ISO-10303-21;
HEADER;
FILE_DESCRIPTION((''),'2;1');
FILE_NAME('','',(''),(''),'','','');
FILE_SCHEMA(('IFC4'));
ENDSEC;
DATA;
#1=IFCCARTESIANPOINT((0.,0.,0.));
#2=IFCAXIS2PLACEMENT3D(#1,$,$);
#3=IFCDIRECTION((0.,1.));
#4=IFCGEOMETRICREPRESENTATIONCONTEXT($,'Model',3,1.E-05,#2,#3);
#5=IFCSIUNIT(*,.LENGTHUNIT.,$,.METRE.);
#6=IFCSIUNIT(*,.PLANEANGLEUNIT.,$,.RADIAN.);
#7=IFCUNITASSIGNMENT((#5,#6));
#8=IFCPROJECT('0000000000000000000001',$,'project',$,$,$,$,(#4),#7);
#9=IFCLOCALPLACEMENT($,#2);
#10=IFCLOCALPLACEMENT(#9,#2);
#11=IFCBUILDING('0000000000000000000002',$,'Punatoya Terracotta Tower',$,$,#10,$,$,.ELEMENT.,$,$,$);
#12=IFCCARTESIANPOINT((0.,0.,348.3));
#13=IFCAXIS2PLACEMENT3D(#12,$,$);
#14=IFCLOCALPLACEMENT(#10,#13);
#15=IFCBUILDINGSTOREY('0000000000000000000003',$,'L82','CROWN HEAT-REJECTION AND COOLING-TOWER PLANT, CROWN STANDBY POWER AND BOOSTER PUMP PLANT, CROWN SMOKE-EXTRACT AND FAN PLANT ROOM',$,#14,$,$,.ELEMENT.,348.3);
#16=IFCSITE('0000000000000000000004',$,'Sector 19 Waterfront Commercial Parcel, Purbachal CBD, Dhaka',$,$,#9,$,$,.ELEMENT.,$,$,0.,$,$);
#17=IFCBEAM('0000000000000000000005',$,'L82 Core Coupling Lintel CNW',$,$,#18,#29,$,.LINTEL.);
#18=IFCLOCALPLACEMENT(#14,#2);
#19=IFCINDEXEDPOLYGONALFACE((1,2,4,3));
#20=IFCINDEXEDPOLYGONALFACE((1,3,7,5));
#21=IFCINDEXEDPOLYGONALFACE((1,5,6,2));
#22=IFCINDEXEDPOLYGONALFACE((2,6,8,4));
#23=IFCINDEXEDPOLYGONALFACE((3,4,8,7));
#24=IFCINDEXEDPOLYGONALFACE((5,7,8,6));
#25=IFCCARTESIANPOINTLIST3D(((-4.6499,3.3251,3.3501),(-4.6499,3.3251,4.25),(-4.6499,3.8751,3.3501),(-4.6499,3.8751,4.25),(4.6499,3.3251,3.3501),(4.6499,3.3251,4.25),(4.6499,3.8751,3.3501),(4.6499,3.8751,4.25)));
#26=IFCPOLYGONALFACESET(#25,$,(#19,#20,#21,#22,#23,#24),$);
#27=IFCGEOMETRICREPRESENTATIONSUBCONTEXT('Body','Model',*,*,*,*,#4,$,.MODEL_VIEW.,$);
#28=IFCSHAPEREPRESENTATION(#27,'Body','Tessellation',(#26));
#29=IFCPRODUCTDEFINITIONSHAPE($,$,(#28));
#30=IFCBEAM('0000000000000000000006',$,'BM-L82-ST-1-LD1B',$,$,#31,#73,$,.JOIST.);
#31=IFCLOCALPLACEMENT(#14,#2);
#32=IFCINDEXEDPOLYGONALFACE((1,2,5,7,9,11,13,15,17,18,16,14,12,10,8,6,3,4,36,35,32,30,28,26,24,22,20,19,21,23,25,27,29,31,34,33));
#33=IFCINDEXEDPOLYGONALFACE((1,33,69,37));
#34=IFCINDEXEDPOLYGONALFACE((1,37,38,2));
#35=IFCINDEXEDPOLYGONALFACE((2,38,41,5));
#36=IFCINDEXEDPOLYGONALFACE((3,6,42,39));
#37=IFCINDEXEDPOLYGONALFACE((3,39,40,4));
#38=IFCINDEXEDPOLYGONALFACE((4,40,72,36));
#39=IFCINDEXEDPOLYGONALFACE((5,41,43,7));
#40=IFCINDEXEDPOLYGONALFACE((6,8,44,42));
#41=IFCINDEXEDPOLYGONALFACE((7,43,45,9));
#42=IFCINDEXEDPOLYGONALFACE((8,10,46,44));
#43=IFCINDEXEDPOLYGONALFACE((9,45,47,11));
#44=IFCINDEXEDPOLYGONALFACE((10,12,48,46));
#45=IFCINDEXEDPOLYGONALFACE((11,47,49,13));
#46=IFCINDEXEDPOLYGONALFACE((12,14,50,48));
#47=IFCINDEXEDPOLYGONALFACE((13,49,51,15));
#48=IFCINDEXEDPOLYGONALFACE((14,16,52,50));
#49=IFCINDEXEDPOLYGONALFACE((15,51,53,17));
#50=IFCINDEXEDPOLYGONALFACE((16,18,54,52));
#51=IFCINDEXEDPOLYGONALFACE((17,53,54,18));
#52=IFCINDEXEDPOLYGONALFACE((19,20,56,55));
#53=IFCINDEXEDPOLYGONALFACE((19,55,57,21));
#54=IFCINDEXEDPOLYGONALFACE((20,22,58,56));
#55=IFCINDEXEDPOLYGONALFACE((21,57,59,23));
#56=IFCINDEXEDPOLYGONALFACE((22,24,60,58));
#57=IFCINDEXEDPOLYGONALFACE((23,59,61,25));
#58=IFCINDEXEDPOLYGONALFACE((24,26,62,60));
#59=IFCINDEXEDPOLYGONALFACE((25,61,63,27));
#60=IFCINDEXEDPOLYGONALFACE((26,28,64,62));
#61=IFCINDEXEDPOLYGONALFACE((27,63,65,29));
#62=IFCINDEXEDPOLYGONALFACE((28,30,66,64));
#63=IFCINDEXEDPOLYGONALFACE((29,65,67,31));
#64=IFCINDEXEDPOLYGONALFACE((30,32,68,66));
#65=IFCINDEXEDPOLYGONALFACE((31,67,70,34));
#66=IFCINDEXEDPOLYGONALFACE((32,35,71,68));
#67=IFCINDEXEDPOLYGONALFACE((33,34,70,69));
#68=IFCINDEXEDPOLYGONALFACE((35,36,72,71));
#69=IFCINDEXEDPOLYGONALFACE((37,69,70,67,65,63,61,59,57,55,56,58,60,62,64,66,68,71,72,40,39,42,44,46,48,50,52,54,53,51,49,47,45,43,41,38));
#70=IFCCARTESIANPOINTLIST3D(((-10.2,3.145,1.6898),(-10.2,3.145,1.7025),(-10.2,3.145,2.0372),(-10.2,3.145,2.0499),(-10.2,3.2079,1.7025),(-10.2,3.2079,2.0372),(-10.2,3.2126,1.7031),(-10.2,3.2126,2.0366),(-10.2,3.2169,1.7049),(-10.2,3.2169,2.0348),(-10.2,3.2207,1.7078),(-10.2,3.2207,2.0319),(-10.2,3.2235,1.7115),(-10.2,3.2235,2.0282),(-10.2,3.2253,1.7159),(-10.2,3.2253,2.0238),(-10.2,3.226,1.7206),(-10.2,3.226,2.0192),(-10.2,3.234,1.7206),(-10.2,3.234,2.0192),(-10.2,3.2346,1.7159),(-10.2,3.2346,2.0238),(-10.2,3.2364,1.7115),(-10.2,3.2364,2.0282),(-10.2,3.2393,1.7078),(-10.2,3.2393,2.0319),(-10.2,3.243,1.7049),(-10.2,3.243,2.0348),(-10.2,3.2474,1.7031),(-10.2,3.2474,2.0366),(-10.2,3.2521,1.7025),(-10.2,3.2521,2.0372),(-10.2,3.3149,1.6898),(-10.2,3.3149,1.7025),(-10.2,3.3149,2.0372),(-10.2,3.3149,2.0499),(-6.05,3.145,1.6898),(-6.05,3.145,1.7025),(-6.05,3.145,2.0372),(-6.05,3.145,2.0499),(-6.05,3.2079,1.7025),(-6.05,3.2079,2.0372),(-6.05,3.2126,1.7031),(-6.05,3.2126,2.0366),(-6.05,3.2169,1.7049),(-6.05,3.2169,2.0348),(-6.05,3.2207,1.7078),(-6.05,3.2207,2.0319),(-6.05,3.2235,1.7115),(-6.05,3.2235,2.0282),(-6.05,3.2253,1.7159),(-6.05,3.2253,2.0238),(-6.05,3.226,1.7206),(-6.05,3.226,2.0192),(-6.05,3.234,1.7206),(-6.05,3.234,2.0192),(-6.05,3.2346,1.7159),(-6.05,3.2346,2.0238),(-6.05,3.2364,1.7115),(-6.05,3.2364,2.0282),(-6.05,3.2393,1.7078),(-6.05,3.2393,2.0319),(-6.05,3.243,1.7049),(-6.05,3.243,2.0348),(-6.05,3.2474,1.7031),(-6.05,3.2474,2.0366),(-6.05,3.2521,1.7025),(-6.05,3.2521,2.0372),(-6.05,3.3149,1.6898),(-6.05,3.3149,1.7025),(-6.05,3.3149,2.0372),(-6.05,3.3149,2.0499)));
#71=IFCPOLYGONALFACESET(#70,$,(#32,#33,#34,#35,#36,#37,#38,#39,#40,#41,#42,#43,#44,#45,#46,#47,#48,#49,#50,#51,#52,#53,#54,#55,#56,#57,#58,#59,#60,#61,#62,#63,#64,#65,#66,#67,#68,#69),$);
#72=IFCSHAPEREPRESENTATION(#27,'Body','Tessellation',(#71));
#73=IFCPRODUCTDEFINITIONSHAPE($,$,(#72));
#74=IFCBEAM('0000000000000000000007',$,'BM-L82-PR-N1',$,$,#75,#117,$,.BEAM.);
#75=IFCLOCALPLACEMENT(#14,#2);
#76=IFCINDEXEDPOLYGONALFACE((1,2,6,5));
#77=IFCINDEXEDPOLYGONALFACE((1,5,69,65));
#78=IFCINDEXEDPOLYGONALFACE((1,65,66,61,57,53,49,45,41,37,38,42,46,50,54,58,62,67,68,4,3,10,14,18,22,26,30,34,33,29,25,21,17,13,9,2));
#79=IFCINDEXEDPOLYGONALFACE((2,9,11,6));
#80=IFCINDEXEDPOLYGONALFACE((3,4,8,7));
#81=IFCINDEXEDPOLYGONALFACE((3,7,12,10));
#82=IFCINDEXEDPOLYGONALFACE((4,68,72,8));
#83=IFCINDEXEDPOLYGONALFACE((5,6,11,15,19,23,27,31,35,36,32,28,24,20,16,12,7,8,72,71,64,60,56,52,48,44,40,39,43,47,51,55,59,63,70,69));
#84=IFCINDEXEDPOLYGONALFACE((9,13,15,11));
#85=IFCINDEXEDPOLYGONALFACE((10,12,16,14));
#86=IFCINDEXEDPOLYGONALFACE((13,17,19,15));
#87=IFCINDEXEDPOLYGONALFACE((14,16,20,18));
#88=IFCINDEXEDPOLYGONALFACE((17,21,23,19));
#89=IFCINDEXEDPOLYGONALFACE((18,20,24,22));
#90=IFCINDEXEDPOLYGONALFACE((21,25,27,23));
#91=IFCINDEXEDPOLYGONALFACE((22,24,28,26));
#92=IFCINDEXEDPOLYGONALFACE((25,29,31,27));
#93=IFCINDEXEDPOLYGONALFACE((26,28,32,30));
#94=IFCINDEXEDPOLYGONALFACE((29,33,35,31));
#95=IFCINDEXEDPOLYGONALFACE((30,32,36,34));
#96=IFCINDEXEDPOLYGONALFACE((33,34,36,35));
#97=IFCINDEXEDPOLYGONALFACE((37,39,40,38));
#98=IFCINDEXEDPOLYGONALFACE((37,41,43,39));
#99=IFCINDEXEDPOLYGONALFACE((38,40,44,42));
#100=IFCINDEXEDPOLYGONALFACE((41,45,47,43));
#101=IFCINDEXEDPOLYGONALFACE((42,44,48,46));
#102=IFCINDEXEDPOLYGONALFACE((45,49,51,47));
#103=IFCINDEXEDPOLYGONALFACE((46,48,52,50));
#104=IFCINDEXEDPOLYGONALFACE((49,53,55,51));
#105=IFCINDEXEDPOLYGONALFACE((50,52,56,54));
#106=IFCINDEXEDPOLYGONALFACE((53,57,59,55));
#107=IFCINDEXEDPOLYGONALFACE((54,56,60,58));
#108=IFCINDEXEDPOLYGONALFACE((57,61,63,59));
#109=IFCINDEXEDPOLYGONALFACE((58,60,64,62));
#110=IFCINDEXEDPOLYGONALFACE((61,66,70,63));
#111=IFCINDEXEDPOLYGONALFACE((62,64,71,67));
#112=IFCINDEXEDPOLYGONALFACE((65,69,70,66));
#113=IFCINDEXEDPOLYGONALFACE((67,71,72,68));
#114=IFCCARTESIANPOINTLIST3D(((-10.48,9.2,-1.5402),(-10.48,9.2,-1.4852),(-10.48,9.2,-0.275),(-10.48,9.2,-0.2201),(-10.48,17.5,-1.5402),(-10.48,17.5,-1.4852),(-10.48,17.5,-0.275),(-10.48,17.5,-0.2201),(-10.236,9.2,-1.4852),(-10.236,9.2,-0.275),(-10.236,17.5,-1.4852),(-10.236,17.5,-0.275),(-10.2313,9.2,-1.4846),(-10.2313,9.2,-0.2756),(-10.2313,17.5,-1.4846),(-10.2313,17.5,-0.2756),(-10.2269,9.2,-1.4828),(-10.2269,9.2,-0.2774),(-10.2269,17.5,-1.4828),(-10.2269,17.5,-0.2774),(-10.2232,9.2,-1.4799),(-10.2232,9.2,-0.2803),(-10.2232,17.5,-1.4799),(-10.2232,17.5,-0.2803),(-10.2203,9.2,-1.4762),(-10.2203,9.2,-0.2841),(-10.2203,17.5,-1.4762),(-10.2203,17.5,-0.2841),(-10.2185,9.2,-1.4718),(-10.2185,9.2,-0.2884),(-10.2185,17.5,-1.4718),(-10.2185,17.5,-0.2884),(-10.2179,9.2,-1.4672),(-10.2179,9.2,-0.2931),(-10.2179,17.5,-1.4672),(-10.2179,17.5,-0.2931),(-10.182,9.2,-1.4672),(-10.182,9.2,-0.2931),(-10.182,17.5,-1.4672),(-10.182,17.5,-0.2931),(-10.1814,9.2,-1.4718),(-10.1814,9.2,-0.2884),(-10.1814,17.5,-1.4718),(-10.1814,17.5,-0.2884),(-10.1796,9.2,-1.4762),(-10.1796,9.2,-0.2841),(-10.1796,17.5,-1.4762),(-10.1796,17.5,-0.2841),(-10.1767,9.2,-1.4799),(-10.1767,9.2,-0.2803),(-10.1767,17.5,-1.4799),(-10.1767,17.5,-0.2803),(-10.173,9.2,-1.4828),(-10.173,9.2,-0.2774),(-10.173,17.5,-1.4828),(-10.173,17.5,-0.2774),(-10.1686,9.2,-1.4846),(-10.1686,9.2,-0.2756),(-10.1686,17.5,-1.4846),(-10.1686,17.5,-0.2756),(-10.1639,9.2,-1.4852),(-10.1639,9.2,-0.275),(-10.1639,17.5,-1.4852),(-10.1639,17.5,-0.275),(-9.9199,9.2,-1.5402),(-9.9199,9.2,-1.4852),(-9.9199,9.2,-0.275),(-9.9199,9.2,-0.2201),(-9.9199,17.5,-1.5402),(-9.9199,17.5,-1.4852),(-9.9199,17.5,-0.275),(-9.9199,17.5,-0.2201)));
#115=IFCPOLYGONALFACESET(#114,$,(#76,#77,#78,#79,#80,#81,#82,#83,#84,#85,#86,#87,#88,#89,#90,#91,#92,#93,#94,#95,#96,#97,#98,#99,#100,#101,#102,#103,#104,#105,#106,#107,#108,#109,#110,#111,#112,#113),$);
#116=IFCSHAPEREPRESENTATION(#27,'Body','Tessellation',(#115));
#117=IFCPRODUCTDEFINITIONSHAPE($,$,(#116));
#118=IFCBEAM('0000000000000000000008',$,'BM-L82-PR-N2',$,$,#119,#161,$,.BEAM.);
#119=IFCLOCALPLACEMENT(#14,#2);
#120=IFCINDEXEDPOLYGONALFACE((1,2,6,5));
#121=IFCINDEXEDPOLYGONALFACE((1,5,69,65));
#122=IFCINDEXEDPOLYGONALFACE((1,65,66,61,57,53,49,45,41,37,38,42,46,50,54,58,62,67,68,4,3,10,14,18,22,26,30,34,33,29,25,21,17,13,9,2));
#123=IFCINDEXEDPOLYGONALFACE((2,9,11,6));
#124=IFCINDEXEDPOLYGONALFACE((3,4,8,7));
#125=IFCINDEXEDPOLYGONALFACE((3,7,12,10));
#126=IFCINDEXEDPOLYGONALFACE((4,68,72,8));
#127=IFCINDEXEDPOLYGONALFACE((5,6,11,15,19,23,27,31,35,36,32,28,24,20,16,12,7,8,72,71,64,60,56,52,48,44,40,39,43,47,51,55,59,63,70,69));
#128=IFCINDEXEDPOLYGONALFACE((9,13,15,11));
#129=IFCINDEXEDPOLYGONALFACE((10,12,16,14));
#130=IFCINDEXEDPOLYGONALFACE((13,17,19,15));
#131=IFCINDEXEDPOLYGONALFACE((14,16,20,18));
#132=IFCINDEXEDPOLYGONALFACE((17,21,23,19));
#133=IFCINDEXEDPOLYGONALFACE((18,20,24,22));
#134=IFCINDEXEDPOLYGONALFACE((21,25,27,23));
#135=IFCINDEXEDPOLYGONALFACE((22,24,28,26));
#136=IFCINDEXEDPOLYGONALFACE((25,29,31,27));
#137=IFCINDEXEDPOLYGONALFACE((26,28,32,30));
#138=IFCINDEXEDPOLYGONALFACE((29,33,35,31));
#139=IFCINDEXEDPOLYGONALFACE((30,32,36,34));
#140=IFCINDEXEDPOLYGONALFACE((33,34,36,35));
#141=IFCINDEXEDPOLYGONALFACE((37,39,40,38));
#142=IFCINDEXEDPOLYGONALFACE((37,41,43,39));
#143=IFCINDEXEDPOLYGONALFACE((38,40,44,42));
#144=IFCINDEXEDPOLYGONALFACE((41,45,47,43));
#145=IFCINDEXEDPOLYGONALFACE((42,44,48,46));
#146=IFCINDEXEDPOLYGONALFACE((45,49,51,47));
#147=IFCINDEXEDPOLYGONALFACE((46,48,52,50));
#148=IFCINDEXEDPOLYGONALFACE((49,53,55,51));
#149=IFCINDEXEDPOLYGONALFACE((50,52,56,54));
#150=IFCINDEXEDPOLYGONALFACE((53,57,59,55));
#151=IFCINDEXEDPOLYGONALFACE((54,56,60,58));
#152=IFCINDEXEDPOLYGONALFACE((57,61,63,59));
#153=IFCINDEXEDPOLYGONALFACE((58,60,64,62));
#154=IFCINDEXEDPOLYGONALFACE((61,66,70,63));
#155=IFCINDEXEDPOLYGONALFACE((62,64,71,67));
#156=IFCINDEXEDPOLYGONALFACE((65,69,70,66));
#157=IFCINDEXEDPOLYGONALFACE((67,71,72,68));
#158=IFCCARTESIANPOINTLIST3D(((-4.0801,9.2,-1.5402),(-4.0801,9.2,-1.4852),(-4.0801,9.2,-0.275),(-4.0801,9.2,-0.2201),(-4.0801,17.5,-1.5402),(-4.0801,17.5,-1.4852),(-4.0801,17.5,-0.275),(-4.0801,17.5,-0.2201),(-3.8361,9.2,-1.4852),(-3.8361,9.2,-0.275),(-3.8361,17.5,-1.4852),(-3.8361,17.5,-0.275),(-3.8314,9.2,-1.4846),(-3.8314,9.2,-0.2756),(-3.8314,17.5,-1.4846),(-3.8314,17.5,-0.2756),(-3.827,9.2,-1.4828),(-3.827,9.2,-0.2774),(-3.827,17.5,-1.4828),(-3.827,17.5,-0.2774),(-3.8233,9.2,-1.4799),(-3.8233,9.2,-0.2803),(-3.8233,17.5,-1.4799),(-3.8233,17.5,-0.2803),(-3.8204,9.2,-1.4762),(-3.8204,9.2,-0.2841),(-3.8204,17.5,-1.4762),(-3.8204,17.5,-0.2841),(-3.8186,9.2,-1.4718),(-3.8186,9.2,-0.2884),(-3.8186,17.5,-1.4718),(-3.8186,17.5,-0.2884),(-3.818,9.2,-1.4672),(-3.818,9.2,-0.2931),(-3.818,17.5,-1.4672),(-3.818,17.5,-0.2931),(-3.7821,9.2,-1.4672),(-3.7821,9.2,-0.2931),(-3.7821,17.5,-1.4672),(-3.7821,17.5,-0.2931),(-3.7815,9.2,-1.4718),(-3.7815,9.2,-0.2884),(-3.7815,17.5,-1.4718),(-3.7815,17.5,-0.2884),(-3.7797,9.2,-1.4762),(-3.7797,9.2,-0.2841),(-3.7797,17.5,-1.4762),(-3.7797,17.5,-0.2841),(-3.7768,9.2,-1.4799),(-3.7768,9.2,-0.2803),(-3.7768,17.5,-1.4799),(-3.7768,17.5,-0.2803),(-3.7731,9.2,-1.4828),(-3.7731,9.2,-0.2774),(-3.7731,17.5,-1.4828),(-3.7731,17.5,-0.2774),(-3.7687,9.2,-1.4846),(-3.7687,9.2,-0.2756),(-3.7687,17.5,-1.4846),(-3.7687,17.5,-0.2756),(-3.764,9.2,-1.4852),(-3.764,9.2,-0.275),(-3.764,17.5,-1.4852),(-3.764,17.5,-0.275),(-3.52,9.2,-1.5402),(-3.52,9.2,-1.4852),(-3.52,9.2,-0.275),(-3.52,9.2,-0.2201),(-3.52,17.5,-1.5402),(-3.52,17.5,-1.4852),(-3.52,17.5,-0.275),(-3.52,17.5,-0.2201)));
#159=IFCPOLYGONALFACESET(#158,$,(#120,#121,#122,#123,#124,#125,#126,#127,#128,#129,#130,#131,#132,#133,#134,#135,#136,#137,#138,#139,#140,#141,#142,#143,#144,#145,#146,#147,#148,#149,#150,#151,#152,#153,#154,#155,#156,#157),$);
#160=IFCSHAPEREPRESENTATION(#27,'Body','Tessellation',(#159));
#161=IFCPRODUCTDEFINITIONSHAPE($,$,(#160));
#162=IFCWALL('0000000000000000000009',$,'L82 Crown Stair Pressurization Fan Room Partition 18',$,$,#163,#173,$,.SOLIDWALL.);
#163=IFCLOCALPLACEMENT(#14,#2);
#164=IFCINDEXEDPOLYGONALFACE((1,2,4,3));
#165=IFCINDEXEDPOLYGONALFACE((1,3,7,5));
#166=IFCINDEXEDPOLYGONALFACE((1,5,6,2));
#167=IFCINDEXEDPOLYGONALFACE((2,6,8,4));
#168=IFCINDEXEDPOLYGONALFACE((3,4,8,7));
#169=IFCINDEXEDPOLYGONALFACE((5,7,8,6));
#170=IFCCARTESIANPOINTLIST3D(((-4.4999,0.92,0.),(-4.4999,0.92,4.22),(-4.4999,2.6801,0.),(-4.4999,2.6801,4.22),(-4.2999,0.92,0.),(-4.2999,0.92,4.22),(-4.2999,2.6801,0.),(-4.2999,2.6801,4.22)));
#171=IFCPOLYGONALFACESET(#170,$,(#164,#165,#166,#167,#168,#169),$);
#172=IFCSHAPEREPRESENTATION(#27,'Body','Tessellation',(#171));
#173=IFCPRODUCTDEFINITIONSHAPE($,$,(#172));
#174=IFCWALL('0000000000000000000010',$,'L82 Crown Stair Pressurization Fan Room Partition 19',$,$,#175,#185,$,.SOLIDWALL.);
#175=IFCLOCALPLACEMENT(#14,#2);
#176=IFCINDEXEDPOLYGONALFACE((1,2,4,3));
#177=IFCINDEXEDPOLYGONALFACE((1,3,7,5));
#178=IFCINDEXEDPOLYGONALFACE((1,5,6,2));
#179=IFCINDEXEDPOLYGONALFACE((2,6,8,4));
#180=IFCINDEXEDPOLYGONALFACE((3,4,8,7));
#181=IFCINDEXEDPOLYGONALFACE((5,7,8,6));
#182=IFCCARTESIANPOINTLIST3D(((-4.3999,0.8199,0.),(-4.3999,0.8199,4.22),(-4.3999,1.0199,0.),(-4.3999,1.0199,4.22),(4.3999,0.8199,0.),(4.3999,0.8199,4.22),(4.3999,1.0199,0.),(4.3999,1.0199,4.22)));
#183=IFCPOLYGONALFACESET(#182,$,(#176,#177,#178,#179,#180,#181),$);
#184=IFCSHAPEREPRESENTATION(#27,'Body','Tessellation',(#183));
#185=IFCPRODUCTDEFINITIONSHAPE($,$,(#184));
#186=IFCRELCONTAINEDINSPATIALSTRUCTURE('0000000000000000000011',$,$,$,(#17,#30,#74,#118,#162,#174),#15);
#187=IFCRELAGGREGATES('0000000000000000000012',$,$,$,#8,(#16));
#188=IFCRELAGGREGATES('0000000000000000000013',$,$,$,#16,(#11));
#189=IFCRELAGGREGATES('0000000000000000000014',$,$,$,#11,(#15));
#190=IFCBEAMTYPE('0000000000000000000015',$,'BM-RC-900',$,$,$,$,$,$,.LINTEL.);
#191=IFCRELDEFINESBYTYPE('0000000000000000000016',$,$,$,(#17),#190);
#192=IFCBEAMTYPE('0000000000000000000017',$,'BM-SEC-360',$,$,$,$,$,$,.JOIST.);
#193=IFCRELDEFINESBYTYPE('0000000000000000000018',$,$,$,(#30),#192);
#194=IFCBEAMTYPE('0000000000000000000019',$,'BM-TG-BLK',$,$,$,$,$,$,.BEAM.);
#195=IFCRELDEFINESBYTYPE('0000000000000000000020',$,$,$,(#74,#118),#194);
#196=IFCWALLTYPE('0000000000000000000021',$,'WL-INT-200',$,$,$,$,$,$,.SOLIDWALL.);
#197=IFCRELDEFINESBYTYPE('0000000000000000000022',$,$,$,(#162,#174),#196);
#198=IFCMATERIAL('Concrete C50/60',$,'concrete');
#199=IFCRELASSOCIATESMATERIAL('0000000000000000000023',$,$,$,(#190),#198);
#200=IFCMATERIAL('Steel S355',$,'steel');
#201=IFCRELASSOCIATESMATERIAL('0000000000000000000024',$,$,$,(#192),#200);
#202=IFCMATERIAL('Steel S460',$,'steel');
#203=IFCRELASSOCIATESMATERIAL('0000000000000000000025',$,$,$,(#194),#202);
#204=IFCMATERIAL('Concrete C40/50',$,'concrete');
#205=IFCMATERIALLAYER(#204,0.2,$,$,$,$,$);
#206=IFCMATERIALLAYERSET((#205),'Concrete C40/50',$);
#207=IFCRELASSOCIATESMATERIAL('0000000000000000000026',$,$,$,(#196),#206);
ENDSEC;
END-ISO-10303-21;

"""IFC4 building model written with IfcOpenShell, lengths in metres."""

from ifc_helpers import new_model, si_unit, direction, frame, frame_2d, origin, origin_2d, place, context, subcontext, project, spatial, rectangle, i_section, extrude, material, layer, layer_set, material_profile, profile_set, type_object, element, save


model = new_model("IFC4")

# Units and contexts
model_context = context("Model", 3, precision=1e-05, world=origin(), true_north=direction((0.0, 1.0)))
body_context = subcontext(model_context, "Body", "Model", "MODEL_VIEW")
ifc_project = project(units=[si_unit("LENGTHUNIT", "METRE"), si_unit("PLANEANGLEUNIT", "RADIAN")], contexts=[model_context])

# Site, building, storey
site_placement = place(None, origin())
site = spatial("IfcSite", under=ifc_project, at=site_placement, Name="Sector 19 Waterfront Commercial Parcel, Purbachal CBD, Dhaka", CompositionType="ELEMENT", RefElevation=0.0)
building_placement = place(site_placement, origin())
building = spatial("IfcBuilding", under=site, at=building_placement, Name="Punatoya Terracotta Tower", CompositionType="ELEMENT")
storey_placement = place(building_placement, frame((0.0, 0.0, 348.3)))
storey = spatial("IfcBuildingStorey", under=building, at=storey_placement, Name="L82", Description="CROWN HEAT-REJECTION AND COOLING-TOWER PLANT, CROWN STANDBY POWER AND BOOSTER PUMP PLANT, CROWN SMOKE-EXTRACT AND FAN PLANT ROOM", CompositionType="ELEMENT", Elevation=348.3)

# Beams
ifc_material_1 = material(Name="Concrete C50/60", Category="concrete")
ifc_material_profile_1 = material_profile(ifc_material_1, rectangle(XDim=0.55, YDim=0.8999, at=origin_2d()))
ifc_profile_set_1 = profile_set([ifc_material_profile_1], Name="Concrete C50/60")
beam_type_1 = type_object("IfcBeamType", Name="BM-RC-900", PredefinedType="LINTEL", material=ifc_profile_set_1)
beam_1_placement = place(storey_placement, frame((-4.6499, 3.6001, 3.8), z_axis=(1.0, 0.0, 0.0), x_axis=(0.0, 1.0, 0.0)))
element("IfcBeam", 1, at=beam_1_placement, inside=storey, type_object=beam_type_1, Name="L82 Core Coupling Lintel CNW", PredefinedType="LINTEL", context=body_context, shape_type="SweptSolid", body=[
    extrude(rectangle(XDim=0.55, YDim=0.8999, at=origin_2d()), origin(), (0.0, 0.0, 1.0), 9.2998),
])
ifc_material_2 = material(Name="Steel S355", Category="steel")
ifc_material_profile_2 = material_profile(ifc_material_2, i_section(OverallWidth=0.1699, OverallDepth=0.3601, WebThickness=0.0081, FlangeThickness=0.0127, FilletRadius=0.0181, at=origin_2d()))
ifc_profile_set_2 = profile_set([ifc_material_profile_2], Name="Steel S355")
beam_type_2 = type_object("IfcBeamType", Name="BM-SEC-360", PredefinedType="JOIST", material=ifc_profile_set_2)
beam_2_placement = place(storey_placement, frame((-10.2, 3.23, 1.8699), z_axis=(1.0, 0.0, 0.0), x_axis=(0.0, 1.0, 0.0)))
element("IfcBeam", 2, at=beam_2_placement, inside=storey, type_object=beam_type_2, Name="BM-L82-ST-1-LD1B", PredefinedType="JOIST", context=body_context, shape_type="SweptSolid", body=[
    extrude(i_section(OverallWidth=0.1699, OverallDepth=0.3601, WebThickness=0.0081, FlangeThickness=0.0127, FilletRadius=0.0181, at=origin_2d()), origin(), (0.0, 0.0, 1.0), 4.1499),
])
ifc_material_3 = material(Name="Steel S460", Category="steel")
ifc_material_profile_3 = material_profile(ifc_material_3, i_section(OverallWidth=0.5601, OverallDepth=1.3201, WebThickness=0.0359, FlangeThickness=0.0549, FilletRadius=0.0181, at=origin_2d()))
ifc_profile_set_3 = profile_set([ifc_material_profile_3], Name="Steel S460")
beam_type_3 = type_object("IfcBeamType", Name="BM-TG-BLK", PredefinedType="BEAM", material=ifc_profile_set_3)
for number, where, z_axis, x_axis, name in (
    (3, (-10.2, 9.2, -0.8801), (0.0, 1.0, 0.0), (-1.0, 0.0, 0.0), "BM-L82-PR-N1"),
    (4, (-3.8, 9.2, -0.8801), (0.0, 1.0, 0.0), (-1.0, 0.0, 0.0), "BM-L82-PR-N2"),
):
    element("IfcBeam", number, at=place(storey_placement, frame(where, z_axis=z_axis, x_axis=x_axis)), inside=storey, type_object=beam_type_3, Name=name, PredefinedType="BEAM", context=body_context, shape_type="SweptSolid", body=[
        extrude(i_section(OverallWidth=0.5601, OverallDepth=1.3201, WebThickness=0.0359, FlangeThickness=0.0549, FilletRadius=0.0181, at=origin_2d()), origin(), (0.0, 0.0, 1.0), 8.3),
    ])

# Walls
ifc_material_4 = material(Name="Concrete C40/50", Category="concrete")
ifc_layer_1 = layer(ifc_material_4, 0.2)
ifc_layer_set_1 = layer_set([ifc_layer_1], Name="Concrete C40/50")
wall_type_1 = type_object("IfcWallType", Name="WL-INT-200", PredefinedType="SOLIDWALL", material=ifc_layer_set_1)
wall_1_placement = place(storey_placement, frame((-4.3999, 2.6799, 0.0), z_axis=(0.0, 0.0, 1.0), x_axis=(0.0, -1.0, 0.0)))
element("IfcWall", 5, at=wall_1_placement, inside=storey, type_object=wall_type_1, Name="L82 Crown Stair Pressurization Fan Room Partition 18", PredefinedType="SOLIDWALL", context=body_context, shape_type="SweptSolid", body=[
    extrude(rectangle(XDim=1.76, YDim=0.2, at=frame_2d((0.8799, 0.0))), origin(), (0.0, 0.0, 1.0), 4.22),
])
wall_2_placement = place(storey_placement, frame((-4.3999, 0.9199, 0.0), z_axis=(0.0, 0.0, 1.0), x_axis=(1.0, 0.0, 0.0)))
element("IfcWall", 6, at=wall_2_placement, inside=storey, type_object=wall_type_1, Name="L82 Crown Stair Pressurization Fan Room Partition 19", PredefinedType="SOLIDWALL", context=body_context, shape_type="SweptSolid", body=[
    extrude(rectangle(XDim=8.7998, YDim=0.2, at=frame_2d((4.3999, 0.0))), origin(), (0.0, 0.0, 1.0), 4.22),
])

save(model, "model.ifc")
